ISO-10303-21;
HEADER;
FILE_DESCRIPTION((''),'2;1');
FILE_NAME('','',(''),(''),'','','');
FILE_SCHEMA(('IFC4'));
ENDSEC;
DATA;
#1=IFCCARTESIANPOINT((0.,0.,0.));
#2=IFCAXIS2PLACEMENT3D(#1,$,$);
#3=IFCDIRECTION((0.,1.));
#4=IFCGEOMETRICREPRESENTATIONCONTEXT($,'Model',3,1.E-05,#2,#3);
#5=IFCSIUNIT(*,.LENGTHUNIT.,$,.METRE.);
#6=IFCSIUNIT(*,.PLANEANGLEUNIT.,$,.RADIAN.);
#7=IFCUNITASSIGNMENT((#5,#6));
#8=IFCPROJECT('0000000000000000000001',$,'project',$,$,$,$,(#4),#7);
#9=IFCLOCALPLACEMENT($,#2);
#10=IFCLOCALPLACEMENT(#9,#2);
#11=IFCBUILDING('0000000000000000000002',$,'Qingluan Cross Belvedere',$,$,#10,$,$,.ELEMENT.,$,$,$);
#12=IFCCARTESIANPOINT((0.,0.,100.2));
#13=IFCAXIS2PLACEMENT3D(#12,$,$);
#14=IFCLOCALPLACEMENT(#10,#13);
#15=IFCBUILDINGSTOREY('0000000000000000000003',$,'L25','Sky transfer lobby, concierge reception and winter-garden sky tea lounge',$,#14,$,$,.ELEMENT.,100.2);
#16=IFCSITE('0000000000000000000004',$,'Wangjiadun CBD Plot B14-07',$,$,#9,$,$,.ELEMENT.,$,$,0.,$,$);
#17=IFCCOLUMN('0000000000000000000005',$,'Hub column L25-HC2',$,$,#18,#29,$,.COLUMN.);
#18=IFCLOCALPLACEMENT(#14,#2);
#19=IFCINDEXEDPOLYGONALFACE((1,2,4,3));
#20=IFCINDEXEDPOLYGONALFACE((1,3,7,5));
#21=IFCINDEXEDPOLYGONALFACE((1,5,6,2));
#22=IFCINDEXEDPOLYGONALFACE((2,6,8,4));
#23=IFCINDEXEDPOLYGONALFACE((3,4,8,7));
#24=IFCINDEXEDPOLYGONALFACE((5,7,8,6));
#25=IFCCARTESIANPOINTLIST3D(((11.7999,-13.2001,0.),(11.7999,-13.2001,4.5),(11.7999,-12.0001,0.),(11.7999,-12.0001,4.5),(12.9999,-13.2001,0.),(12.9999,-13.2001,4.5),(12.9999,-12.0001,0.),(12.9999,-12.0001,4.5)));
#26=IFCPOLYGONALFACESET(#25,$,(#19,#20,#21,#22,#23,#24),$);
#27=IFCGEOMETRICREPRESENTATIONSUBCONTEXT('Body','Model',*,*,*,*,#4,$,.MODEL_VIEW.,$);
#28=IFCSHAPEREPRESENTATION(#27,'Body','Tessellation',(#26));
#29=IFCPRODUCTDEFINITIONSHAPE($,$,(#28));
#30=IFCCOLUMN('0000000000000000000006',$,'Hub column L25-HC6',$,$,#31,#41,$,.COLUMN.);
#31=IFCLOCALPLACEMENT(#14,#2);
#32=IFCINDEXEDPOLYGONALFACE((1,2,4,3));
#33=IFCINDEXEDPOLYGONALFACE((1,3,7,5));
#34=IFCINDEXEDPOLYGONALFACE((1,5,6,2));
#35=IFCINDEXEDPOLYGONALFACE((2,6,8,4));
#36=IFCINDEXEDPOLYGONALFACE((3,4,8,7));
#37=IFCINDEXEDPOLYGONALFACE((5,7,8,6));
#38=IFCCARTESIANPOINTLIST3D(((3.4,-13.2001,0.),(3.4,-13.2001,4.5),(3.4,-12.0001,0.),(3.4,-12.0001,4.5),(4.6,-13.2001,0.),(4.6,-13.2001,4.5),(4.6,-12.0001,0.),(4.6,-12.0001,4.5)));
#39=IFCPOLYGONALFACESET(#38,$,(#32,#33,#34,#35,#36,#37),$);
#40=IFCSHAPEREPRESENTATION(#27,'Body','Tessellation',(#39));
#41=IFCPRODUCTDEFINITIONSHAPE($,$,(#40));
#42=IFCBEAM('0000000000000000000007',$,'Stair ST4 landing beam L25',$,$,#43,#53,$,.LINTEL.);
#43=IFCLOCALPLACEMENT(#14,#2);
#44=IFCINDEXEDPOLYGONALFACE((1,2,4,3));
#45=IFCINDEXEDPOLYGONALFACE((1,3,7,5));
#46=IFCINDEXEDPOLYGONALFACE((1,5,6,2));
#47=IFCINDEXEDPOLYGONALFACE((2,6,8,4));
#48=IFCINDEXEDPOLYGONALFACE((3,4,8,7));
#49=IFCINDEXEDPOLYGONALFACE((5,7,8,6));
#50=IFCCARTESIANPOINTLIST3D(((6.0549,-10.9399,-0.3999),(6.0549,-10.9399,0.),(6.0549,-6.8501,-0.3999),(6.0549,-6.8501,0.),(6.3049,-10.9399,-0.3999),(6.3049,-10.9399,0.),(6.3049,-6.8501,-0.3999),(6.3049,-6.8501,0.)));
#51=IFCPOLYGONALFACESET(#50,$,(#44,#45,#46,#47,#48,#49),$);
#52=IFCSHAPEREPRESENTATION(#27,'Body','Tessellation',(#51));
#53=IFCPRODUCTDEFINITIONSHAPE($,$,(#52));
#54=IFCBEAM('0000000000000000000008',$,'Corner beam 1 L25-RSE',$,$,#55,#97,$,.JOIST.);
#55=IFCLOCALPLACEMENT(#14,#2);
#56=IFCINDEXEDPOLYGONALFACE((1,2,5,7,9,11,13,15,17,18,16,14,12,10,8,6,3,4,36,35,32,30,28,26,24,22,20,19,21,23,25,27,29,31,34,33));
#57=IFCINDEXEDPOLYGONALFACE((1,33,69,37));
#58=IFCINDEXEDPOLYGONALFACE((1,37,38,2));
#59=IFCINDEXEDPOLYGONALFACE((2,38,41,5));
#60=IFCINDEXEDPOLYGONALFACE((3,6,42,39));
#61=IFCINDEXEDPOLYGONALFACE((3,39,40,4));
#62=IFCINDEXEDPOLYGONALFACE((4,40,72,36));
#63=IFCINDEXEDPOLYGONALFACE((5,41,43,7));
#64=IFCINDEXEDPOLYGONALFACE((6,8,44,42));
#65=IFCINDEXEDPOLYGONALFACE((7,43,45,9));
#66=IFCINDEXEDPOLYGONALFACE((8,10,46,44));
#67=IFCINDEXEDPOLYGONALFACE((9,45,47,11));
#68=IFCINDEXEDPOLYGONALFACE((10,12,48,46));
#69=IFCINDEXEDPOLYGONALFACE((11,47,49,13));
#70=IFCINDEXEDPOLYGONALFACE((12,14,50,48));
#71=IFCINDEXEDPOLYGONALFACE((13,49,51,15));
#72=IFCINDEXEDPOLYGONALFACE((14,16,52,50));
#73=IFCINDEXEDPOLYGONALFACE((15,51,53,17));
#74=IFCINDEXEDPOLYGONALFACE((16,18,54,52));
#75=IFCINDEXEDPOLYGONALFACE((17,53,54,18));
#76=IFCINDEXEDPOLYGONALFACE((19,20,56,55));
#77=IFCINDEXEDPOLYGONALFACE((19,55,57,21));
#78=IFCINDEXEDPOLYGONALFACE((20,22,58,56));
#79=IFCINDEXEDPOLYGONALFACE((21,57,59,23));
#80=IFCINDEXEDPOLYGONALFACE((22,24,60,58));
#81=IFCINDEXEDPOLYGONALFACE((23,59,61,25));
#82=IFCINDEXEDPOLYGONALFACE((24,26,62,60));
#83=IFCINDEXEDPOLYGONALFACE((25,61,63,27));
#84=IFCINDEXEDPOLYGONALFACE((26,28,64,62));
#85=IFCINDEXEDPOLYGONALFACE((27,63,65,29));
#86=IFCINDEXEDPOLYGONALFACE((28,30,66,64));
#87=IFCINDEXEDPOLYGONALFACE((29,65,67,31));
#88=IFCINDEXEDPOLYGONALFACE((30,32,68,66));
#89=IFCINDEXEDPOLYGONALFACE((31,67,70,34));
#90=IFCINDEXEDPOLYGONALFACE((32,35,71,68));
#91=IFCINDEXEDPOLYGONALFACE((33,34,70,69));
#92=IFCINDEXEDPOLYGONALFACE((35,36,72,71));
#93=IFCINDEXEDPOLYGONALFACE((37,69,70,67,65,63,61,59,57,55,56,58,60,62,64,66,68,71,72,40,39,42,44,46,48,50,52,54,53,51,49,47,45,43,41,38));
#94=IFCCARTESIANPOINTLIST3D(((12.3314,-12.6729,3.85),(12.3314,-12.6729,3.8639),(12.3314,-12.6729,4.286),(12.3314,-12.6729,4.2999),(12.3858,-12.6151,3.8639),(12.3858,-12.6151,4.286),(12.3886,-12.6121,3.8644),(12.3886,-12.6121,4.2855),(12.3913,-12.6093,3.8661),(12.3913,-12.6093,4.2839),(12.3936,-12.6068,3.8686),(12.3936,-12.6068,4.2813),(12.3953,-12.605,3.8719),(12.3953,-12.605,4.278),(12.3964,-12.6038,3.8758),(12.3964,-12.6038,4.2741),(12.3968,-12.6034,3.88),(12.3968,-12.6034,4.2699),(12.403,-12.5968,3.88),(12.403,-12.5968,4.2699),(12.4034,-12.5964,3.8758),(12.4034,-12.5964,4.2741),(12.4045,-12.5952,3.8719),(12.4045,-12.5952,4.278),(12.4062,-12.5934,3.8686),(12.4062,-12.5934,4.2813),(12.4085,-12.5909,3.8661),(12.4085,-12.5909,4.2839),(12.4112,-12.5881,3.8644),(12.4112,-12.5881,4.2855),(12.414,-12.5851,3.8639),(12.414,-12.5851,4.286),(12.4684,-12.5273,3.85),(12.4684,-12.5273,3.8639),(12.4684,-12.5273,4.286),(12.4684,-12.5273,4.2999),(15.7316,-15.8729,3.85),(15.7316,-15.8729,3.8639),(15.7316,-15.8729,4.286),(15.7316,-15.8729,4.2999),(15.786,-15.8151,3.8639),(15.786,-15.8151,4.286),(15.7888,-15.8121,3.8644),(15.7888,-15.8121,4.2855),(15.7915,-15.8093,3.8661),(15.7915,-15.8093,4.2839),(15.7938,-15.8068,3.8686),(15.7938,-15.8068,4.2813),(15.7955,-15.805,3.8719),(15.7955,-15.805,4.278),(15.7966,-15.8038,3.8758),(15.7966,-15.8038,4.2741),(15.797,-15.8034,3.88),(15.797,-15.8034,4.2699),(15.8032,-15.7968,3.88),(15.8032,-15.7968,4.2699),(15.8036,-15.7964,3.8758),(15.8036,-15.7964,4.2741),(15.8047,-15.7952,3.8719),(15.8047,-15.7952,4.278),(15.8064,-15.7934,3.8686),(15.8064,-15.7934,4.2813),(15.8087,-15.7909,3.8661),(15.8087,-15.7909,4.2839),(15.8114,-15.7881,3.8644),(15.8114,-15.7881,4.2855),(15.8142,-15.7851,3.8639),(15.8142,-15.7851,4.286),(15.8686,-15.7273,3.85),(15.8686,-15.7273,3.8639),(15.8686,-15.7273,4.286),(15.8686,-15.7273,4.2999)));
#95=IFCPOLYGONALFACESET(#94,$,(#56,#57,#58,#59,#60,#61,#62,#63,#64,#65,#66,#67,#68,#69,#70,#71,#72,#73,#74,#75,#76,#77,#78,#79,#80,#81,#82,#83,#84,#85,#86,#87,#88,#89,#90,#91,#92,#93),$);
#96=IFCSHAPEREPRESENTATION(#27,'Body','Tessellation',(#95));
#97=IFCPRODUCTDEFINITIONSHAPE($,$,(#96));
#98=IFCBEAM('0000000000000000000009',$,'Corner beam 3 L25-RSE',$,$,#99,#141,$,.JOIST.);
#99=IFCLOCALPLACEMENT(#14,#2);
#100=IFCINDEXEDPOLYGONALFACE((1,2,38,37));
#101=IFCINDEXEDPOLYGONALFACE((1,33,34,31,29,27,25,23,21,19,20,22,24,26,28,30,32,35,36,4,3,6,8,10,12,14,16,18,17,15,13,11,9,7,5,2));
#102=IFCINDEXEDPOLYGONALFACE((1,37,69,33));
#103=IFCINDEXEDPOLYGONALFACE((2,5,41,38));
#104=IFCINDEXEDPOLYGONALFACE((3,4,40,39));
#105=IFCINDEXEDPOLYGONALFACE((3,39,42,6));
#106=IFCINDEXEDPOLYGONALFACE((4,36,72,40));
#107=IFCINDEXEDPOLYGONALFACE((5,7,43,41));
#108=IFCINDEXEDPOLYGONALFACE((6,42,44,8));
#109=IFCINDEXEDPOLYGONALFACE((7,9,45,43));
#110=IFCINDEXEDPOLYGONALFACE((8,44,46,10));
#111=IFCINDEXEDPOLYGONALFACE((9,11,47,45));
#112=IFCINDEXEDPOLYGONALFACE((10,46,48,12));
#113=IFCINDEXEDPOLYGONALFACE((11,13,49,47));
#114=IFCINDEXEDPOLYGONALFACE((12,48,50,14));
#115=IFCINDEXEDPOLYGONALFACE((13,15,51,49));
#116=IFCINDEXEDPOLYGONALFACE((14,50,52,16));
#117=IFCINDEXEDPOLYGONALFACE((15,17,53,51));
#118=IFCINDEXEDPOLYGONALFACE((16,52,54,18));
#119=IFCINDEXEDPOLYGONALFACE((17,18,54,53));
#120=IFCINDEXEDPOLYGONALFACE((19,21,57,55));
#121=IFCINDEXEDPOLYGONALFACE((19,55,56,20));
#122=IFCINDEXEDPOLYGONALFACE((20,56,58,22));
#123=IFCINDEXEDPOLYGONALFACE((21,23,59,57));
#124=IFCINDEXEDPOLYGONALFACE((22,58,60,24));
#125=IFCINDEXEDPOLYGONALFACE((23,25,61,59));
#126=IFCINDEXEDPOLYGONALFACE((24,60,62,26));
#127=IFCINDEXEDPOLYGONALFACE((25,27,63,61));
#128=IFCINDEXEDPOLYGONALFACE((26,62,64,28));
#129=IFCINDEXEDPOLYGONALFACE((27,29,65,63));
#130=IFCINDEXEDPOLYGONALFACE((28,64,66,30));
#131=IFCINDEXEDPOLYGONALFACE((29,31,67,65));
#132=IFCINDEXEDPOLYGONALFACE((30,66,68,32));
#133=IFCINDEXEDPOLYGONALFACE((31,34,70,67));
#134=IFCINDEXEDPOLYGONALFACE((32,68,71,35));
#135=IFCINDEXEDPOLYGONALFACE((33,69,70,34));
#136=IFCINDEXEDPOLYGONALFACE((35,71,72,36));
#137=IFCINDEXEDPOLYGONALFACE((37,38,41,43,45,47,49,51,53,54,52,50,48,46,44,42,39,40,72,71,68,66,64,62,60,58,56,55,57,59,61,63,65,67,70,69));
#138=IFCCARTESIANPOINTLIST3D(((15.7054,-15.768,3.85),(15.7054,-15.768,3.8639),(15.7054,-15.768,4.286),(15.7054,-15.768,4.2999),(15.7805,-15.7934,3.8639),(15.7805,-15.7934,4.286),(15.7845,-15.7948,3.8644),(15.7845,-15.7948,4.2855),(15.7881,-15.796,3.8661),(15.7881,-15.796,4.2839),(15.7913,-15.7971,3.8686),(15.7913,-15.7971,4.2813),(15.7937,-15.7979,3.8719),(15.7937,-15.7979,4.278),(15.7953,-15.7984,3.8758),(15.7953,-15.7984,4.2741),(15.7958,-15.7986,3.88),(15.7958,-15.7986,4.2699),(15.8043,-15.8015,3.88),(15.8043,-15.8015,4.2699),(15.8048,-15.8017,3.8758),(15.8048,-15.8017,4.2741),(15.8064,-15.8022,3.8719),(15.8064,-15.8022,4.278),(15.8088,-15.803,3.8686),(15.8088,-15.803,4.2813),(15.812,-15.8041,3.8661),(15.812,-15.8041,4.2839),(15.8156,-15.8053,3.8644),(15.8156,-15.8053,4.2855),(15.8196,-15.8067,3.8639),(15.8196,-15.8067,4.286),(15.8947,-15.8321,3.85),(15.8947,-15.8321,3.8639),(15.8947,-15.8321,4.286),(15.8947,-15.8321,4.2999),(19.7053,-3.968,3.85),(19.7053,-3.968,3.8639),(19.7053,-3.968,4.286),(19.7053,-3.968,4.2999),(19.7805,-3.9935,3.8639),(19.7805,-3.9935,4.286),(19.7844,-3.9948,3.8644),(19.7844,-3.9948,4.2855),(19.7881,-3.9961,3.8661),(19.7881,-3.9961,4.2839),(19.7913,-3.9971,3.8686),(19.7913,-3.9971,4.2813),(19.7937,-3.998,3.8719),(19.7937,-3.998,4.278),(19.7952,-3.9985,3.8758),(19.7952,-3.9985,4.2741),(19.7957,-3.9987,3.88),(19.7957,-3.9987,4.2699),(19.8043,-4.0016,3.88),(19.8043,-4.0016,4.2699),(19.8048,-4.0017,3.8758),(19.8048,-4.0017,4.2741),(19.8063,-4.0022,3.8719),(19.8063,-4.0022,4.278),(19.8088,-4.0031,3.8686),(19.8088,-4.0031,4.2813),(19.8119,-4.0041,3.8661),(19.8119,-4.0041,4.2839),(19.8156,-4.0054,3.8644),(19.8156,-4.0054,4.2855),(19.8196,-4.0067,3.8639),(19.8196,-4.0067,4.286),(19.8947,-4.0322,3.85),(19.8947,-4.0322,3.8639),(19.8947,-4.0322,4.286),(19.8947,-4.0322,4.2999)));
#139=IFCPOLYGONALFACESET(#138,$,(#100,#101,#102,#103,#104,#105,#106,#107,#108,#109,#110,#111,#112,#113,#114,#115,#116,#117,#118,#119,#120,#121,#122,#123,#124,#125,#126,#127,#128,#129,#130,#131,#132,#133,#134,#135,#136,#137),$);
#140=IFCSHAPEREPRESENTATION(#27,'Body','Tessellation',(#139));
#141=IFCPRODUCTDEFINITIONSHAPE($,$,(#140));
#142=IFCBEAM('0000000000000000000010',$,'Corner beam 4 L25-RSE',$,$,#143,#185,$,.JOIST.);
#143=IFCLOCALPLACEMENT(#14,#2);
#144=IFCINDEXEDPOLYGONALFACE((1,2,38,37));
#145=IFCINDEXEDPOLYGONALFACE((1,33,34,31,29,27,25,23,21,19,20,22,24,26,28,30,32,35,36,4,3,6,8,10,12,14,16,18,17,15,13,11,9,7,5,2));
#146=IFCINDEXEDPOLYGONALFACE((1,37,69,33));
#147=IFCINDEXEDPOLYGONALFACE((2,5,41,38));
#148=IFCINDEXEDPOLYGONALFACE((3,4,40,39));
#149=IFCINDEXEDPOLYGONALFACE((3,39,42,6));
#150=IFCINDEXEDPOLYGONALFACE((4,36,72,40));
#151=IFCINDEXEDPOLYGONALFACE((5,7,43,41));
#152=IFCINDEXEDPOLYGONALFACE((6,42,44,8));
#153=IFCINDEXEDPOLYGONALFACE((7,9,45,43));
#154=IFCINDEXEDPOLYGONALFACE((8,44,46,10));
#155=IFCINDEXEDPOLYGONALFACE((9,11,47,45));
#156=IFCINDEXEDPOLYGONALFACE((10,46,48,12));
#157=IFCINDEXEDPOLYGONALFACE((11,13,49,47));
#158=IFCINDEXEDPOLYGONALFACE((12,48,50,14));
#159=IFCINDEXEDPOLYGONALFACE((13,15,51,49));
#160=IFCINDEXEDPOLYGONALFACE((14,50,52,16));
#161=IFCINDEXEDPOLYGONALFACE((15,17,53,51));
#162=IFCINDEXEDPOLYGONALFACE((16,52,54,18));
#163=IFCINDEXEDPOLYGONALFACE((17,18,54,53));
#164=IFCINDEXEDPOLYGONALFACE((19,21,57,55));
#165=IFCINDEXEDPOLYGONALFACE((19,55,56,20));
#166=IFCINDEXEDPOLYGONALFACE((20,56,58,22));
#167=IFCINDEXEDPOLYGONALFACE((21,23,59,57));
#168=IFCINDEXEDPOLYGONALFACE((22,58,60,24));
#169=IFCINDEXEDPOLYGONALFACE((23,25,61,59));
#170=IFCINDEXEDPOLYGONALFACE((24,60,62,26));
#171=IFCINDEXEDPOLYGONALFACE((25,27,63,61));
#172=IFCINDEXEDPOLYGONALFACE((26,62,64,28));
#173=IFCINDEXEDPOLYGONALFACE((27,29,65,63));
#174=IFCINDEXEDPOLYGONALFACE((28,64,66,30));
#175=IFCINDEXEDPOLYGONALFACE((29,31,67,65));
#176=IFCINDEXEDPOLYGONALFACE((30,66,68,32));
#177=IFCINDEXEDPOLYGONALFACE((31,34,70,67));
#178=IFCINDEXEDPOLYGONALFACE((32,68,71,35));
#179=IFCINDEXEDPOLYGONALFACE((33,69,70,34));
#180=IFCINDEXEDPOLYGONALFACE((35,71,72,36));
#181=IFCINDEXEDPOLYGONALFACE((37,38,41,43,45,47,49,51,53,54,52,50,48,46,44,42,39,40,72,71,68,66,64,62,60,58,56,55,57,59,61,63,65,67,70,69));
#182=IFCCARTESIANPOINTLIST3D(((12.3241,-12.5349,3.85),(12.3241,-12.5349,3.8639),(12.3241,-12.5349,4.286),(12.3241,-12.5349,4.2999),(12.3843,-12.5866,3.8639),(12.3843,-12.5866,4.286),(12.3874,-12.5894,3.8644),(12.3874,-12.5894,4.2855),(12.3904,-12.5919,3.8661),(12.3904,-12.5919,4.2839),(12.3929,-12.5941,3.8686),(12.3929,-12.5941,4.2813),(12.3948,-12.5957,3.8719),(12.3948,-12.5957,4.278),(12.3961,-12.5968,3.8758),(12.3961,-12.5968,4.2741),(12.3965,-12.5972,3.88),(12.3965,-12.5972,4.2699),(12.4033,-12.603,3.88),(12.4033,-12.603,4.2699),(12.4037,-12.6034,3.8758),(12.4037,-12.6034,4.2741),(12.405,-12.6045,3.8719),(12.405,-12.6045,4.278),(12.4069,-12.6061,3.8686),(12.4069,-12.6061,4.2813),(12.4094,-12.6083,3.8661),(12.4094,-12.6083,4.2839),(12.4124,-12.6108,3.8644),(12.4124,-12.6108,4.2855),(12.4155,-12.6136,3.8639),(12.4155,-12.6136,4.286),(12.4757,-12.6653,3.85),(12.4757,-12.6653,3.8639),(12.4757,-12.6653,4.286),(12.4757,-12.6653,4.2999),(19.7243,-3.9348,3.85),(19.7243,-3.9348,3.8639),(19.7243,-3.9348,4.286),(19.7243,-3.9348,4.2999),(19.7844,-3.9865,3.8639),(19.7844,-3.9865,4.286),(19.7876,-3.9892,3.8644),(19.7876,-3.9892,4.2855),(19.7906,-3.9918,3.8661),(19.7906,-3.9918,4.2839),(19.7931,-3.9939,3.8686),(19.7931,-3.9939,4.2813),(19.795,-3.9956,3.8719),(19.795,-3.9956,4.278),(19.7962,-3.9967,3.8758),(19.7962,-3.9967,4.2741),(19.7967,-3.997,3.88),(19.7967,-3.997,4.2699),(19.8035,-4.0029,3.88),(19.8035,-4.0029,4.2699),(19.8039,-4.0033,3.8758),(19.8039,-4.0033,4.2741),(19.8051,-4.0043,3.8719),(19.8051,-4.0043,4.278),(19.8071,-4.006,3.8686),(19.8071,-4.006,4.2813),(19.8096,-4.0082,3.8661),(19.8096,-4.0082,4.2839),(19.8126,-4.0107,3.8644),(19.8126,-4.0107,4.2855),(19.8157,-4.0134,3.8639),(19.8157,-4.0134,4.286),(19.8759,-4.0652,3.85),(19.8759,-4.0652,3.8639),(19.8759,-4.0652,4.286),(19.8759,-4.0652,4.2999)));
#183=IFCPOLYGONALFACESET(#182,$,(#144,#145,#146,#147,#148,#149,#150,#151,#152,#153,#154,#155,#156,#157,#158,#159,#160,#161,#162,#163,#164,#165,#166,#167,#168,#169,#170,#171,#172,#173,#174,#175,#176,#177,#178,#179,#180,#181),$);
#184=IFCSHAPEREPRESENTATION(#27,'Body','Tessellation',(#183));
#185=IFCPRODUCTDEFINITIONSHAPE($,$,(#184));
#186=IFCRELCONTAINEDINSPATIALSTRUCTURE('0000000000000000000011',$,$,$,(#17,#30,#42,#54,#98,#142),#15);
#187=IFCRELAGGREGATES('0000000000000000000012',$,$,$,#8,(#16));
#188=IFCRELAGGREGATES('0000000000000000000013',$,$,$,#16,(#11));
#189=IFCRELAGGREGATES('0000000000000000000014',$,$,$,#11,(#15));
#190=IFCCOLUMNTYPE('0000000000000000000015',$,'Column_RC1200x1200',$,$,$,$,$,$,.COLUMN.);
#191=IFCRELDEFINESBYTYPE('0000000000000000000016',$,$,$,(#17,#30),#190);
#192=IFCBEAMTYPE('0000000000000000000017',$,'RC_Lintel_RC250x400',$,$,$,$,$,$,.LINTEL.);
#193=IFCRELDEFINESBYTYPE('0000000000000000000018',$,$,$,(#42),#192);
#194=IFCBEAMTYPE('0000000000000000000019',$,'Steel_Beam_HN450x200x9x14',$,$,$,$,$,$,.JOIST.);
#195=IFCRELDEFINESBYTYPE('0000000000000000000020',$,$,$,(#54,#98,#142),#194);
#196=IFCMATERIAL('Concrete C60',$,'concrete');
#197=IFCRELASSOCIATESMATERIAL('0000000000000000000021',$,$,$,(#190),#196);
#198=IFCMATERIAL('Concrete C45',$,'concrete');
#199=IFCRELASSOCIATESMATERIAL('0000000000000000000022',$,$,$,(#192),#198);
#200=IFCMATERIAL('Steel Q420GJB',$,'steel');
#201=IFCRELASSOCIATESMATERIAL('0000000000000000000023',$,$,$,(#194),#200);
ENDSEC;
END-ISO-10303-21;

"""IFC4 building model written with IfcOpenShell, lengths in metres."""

from ifc_helpers import new_model, si_unit, direction, frame, origin, origin_2d, place, context, subcontext, project, spatial, rectangle, i_section, extrude, material, material_profile, profile_set, type_object, element, save


model = new_model("IFC4")

# Units and contexts
model_context = context("Model", 3, precision=1e-05, world=origin(), true_north=direction((0.0, 1.0)))
body_context = subcontext(model_context, "Body", "Model", "MODEL_VIEW")
ifc_project = project(units=[si_unit("LENGTHUNIT", "METRE"), si_unit("PLANEANGLEUNIT", "RADIAN")], contexts=[model_context])

# Site, building, storey
site_placement = place(None, origin())
site = spatial("IfcSite", under=ifc_project, at=site_placement, Name="Wangjiadun CBD Plot B14-07", CompositionType="ELEMENT", RefElevation=0.0)
building_placement = place(site_placement, origin())
building = spatial("IfcBuilding", under=site, at=building_placement, Name="Qingluan Cross Belvedere", CompositionType="ELEMENT")
storey_placement = place(building_placement, frame((0.0, 0.0, 100.2)))
storey = spatial("IfcBuildingStorey", under=building, at=storey_placement, Name="L25", Description="Sky transfer lobby, concierge reception and winter-garden sky tea lounge", CompositionType="ELEMENT", Elevation=100.2)

# Columns
ifc_material_1 = material(Name="Concrete C60", Category="concrete")
ifc_material_profile_1 = material_profile(ifc_material_1, rectangle(XDim=1.2, YDim=1.2, at=origin_2d()), Name="RC1200x1200")
ifc_profile_set_1 = profile_set([ifc_material_profile_1], Name="Concrete C60")
column_type = type_object("IfcColumnType", Name="Column_RC1200x1200", PredefinedType="COLUMN", material=ifc_profile_set_1)
for number, where, z_axis, x_axis, name in (
    (1, (12.3999, -12.6001, 0.0), (0.0, 0.0, 1.0), (1.0, 0.0, 0.0), "Hub column L25-HC2"),
    (2, (4.0, -12.6001, 0.0), (0.0, 0.0, 1.0), (1.0, 0.0, 0.0), "Hub column L25-HC6"),
):
    element("IfcColumn", number, at=place(storey_placement, frame(where, z_axis=z_axis, x_axis=x_axis)), inside=storey, type_object=column_type, Name=name, PredefinedType="COLUMN", context=body_context, shape_type="SweptSolid", body=[
        extrude(rectangle(XDim=1.2, YDim=1.2, at=origin_2d()), origin(), (0.0, 0.0, 1.0), 4.5),
    ])

# Beams
ifc_material_2 = material(Name="Concrete C45", Category="concrete")
ifc_material_profile_2 = material_profile(ifc_material_2, rectangle(XDim=0.25, YDim=0.3999, at=origin_2d()), Name="RC250x400")
ifc_profile_set_2 = profile_set([ifc_material_profile_2], Name="Concrete C45")
beam_type_1 = type_object("IfcBeamType", Name="RC_Lintel_RC250x400", PredefinedType="LINTEL", material=ifc_profile_set_2)
beam_1_placement = place(storey_placement, frame((6.1799, -10.9399, -0.2), z_axis=(0.0, 1.0, 0.0), x_axis=(-1.0, 0.0, 0.0)))
element("IfcBeam", 3, at=beam_1_placement, inside=storey, type_object=beam_type_1, Name="Stair ST4 landing beam L25", PredefinedType="LINTEL", context=body_context, shape_type="SweptSolid", body=[
    extrude(rectangle(XDim=0.25, YDim=0.3999, at=origin_2d()), origin(), (0.0, 0.0, 1.0), 4.0898),
])
ifc_material_3 = material(Name="Steel Q420GJB", Category="steel")
ifc_material_profile_3 = material_profile(ifc_material_3, i_section(OverallWidth=0.2, OverallDepth=0.45, WebThickness=0.009, FlangeThickness=0.0139, FilletRadius=0.0161, at=origin_2d()), Name="HN450x200x9x14")
ifc_profile_set_3 = profile_set([ifc_material_profile_3], Name="Steel Q420GJB")
beam_type_2 = type_object("IfcBeamType", Name="Steel_Beam_HN450x200x9x14", PredefinedType="JOIST", material=ifc_profile_set_3)
beam_2_placement = place(storey_placement, frame((12.3999, -12.6001, 4.075), z_axis=(0.72822, -0.685343, 0.0), x_axis=(0.685343, 0.72822, 0.0)))
element("IfcBeam", 4, at=beam_2_placement, inside=storey, type_object=beam_type_2, Name="Corner beam 1 L25-RSE", PredefinedType="JOIST", context=body_context, shape_type="SweptSolid", body=[
    extrude(i_section(OverallWidth=0.2, OverallDepth=0.45, WebThickness=0.009, FlangeThickness=0.0139, FilletRadius=0.0161, at=origin_2d()), origin(), (0.0, 0.0, 1.0), 4.6692),
])
beam_3_placement = place(storey_placement, frame((15.8, -15.8, 4.075), z_axis=(0.321038, 0.947066, 0.0), x_axis=(-0.947066, 0.321038, 0.0)))
element("IfcBeam", 5, at=beam_3_placement, inside=storey, type_object=beam_type_2, Name="Corner beam 3 L25-RSE", PredefinedType="JOIST", context=body_context, shape_type="SweptSolid", body=[
    extrude(i_section(OverallWidth=0.2, OverallDepth=0.45, WebThickness=0.009, FlangeThickness=0.0139, FilletRadius=0.0161, at=origin_2d()), origin(), (0.0, 0.0, 1.0), 12.4595),
])
beam_4_placement = place(storey_placement, frame((12.3999, -12.6001, 4.075), z_axis=(0.652245, 0.758008, 0.0), x_axis=(-0.758008, 0.652245, 0.0)))
element("IfcBeam", 6, at=beam_4_placement, inside=storey, type_object=beam_type_2, Name="Corner beam 4 L25-RSE", PredefinedType="JOIST", context=body_context, shape_type="SweptSolid", body=[
    extrude(i_section(OverallWidth=0.2, OverallDepth=0.45, WebThickness=0.009, FlangeThickness=0.0139, FilletRadius=0.0161, at=origin_2d()), origin(), (0.0, 0.0, 1.0), 11.3457),
])

save(model, "model.ifc")
